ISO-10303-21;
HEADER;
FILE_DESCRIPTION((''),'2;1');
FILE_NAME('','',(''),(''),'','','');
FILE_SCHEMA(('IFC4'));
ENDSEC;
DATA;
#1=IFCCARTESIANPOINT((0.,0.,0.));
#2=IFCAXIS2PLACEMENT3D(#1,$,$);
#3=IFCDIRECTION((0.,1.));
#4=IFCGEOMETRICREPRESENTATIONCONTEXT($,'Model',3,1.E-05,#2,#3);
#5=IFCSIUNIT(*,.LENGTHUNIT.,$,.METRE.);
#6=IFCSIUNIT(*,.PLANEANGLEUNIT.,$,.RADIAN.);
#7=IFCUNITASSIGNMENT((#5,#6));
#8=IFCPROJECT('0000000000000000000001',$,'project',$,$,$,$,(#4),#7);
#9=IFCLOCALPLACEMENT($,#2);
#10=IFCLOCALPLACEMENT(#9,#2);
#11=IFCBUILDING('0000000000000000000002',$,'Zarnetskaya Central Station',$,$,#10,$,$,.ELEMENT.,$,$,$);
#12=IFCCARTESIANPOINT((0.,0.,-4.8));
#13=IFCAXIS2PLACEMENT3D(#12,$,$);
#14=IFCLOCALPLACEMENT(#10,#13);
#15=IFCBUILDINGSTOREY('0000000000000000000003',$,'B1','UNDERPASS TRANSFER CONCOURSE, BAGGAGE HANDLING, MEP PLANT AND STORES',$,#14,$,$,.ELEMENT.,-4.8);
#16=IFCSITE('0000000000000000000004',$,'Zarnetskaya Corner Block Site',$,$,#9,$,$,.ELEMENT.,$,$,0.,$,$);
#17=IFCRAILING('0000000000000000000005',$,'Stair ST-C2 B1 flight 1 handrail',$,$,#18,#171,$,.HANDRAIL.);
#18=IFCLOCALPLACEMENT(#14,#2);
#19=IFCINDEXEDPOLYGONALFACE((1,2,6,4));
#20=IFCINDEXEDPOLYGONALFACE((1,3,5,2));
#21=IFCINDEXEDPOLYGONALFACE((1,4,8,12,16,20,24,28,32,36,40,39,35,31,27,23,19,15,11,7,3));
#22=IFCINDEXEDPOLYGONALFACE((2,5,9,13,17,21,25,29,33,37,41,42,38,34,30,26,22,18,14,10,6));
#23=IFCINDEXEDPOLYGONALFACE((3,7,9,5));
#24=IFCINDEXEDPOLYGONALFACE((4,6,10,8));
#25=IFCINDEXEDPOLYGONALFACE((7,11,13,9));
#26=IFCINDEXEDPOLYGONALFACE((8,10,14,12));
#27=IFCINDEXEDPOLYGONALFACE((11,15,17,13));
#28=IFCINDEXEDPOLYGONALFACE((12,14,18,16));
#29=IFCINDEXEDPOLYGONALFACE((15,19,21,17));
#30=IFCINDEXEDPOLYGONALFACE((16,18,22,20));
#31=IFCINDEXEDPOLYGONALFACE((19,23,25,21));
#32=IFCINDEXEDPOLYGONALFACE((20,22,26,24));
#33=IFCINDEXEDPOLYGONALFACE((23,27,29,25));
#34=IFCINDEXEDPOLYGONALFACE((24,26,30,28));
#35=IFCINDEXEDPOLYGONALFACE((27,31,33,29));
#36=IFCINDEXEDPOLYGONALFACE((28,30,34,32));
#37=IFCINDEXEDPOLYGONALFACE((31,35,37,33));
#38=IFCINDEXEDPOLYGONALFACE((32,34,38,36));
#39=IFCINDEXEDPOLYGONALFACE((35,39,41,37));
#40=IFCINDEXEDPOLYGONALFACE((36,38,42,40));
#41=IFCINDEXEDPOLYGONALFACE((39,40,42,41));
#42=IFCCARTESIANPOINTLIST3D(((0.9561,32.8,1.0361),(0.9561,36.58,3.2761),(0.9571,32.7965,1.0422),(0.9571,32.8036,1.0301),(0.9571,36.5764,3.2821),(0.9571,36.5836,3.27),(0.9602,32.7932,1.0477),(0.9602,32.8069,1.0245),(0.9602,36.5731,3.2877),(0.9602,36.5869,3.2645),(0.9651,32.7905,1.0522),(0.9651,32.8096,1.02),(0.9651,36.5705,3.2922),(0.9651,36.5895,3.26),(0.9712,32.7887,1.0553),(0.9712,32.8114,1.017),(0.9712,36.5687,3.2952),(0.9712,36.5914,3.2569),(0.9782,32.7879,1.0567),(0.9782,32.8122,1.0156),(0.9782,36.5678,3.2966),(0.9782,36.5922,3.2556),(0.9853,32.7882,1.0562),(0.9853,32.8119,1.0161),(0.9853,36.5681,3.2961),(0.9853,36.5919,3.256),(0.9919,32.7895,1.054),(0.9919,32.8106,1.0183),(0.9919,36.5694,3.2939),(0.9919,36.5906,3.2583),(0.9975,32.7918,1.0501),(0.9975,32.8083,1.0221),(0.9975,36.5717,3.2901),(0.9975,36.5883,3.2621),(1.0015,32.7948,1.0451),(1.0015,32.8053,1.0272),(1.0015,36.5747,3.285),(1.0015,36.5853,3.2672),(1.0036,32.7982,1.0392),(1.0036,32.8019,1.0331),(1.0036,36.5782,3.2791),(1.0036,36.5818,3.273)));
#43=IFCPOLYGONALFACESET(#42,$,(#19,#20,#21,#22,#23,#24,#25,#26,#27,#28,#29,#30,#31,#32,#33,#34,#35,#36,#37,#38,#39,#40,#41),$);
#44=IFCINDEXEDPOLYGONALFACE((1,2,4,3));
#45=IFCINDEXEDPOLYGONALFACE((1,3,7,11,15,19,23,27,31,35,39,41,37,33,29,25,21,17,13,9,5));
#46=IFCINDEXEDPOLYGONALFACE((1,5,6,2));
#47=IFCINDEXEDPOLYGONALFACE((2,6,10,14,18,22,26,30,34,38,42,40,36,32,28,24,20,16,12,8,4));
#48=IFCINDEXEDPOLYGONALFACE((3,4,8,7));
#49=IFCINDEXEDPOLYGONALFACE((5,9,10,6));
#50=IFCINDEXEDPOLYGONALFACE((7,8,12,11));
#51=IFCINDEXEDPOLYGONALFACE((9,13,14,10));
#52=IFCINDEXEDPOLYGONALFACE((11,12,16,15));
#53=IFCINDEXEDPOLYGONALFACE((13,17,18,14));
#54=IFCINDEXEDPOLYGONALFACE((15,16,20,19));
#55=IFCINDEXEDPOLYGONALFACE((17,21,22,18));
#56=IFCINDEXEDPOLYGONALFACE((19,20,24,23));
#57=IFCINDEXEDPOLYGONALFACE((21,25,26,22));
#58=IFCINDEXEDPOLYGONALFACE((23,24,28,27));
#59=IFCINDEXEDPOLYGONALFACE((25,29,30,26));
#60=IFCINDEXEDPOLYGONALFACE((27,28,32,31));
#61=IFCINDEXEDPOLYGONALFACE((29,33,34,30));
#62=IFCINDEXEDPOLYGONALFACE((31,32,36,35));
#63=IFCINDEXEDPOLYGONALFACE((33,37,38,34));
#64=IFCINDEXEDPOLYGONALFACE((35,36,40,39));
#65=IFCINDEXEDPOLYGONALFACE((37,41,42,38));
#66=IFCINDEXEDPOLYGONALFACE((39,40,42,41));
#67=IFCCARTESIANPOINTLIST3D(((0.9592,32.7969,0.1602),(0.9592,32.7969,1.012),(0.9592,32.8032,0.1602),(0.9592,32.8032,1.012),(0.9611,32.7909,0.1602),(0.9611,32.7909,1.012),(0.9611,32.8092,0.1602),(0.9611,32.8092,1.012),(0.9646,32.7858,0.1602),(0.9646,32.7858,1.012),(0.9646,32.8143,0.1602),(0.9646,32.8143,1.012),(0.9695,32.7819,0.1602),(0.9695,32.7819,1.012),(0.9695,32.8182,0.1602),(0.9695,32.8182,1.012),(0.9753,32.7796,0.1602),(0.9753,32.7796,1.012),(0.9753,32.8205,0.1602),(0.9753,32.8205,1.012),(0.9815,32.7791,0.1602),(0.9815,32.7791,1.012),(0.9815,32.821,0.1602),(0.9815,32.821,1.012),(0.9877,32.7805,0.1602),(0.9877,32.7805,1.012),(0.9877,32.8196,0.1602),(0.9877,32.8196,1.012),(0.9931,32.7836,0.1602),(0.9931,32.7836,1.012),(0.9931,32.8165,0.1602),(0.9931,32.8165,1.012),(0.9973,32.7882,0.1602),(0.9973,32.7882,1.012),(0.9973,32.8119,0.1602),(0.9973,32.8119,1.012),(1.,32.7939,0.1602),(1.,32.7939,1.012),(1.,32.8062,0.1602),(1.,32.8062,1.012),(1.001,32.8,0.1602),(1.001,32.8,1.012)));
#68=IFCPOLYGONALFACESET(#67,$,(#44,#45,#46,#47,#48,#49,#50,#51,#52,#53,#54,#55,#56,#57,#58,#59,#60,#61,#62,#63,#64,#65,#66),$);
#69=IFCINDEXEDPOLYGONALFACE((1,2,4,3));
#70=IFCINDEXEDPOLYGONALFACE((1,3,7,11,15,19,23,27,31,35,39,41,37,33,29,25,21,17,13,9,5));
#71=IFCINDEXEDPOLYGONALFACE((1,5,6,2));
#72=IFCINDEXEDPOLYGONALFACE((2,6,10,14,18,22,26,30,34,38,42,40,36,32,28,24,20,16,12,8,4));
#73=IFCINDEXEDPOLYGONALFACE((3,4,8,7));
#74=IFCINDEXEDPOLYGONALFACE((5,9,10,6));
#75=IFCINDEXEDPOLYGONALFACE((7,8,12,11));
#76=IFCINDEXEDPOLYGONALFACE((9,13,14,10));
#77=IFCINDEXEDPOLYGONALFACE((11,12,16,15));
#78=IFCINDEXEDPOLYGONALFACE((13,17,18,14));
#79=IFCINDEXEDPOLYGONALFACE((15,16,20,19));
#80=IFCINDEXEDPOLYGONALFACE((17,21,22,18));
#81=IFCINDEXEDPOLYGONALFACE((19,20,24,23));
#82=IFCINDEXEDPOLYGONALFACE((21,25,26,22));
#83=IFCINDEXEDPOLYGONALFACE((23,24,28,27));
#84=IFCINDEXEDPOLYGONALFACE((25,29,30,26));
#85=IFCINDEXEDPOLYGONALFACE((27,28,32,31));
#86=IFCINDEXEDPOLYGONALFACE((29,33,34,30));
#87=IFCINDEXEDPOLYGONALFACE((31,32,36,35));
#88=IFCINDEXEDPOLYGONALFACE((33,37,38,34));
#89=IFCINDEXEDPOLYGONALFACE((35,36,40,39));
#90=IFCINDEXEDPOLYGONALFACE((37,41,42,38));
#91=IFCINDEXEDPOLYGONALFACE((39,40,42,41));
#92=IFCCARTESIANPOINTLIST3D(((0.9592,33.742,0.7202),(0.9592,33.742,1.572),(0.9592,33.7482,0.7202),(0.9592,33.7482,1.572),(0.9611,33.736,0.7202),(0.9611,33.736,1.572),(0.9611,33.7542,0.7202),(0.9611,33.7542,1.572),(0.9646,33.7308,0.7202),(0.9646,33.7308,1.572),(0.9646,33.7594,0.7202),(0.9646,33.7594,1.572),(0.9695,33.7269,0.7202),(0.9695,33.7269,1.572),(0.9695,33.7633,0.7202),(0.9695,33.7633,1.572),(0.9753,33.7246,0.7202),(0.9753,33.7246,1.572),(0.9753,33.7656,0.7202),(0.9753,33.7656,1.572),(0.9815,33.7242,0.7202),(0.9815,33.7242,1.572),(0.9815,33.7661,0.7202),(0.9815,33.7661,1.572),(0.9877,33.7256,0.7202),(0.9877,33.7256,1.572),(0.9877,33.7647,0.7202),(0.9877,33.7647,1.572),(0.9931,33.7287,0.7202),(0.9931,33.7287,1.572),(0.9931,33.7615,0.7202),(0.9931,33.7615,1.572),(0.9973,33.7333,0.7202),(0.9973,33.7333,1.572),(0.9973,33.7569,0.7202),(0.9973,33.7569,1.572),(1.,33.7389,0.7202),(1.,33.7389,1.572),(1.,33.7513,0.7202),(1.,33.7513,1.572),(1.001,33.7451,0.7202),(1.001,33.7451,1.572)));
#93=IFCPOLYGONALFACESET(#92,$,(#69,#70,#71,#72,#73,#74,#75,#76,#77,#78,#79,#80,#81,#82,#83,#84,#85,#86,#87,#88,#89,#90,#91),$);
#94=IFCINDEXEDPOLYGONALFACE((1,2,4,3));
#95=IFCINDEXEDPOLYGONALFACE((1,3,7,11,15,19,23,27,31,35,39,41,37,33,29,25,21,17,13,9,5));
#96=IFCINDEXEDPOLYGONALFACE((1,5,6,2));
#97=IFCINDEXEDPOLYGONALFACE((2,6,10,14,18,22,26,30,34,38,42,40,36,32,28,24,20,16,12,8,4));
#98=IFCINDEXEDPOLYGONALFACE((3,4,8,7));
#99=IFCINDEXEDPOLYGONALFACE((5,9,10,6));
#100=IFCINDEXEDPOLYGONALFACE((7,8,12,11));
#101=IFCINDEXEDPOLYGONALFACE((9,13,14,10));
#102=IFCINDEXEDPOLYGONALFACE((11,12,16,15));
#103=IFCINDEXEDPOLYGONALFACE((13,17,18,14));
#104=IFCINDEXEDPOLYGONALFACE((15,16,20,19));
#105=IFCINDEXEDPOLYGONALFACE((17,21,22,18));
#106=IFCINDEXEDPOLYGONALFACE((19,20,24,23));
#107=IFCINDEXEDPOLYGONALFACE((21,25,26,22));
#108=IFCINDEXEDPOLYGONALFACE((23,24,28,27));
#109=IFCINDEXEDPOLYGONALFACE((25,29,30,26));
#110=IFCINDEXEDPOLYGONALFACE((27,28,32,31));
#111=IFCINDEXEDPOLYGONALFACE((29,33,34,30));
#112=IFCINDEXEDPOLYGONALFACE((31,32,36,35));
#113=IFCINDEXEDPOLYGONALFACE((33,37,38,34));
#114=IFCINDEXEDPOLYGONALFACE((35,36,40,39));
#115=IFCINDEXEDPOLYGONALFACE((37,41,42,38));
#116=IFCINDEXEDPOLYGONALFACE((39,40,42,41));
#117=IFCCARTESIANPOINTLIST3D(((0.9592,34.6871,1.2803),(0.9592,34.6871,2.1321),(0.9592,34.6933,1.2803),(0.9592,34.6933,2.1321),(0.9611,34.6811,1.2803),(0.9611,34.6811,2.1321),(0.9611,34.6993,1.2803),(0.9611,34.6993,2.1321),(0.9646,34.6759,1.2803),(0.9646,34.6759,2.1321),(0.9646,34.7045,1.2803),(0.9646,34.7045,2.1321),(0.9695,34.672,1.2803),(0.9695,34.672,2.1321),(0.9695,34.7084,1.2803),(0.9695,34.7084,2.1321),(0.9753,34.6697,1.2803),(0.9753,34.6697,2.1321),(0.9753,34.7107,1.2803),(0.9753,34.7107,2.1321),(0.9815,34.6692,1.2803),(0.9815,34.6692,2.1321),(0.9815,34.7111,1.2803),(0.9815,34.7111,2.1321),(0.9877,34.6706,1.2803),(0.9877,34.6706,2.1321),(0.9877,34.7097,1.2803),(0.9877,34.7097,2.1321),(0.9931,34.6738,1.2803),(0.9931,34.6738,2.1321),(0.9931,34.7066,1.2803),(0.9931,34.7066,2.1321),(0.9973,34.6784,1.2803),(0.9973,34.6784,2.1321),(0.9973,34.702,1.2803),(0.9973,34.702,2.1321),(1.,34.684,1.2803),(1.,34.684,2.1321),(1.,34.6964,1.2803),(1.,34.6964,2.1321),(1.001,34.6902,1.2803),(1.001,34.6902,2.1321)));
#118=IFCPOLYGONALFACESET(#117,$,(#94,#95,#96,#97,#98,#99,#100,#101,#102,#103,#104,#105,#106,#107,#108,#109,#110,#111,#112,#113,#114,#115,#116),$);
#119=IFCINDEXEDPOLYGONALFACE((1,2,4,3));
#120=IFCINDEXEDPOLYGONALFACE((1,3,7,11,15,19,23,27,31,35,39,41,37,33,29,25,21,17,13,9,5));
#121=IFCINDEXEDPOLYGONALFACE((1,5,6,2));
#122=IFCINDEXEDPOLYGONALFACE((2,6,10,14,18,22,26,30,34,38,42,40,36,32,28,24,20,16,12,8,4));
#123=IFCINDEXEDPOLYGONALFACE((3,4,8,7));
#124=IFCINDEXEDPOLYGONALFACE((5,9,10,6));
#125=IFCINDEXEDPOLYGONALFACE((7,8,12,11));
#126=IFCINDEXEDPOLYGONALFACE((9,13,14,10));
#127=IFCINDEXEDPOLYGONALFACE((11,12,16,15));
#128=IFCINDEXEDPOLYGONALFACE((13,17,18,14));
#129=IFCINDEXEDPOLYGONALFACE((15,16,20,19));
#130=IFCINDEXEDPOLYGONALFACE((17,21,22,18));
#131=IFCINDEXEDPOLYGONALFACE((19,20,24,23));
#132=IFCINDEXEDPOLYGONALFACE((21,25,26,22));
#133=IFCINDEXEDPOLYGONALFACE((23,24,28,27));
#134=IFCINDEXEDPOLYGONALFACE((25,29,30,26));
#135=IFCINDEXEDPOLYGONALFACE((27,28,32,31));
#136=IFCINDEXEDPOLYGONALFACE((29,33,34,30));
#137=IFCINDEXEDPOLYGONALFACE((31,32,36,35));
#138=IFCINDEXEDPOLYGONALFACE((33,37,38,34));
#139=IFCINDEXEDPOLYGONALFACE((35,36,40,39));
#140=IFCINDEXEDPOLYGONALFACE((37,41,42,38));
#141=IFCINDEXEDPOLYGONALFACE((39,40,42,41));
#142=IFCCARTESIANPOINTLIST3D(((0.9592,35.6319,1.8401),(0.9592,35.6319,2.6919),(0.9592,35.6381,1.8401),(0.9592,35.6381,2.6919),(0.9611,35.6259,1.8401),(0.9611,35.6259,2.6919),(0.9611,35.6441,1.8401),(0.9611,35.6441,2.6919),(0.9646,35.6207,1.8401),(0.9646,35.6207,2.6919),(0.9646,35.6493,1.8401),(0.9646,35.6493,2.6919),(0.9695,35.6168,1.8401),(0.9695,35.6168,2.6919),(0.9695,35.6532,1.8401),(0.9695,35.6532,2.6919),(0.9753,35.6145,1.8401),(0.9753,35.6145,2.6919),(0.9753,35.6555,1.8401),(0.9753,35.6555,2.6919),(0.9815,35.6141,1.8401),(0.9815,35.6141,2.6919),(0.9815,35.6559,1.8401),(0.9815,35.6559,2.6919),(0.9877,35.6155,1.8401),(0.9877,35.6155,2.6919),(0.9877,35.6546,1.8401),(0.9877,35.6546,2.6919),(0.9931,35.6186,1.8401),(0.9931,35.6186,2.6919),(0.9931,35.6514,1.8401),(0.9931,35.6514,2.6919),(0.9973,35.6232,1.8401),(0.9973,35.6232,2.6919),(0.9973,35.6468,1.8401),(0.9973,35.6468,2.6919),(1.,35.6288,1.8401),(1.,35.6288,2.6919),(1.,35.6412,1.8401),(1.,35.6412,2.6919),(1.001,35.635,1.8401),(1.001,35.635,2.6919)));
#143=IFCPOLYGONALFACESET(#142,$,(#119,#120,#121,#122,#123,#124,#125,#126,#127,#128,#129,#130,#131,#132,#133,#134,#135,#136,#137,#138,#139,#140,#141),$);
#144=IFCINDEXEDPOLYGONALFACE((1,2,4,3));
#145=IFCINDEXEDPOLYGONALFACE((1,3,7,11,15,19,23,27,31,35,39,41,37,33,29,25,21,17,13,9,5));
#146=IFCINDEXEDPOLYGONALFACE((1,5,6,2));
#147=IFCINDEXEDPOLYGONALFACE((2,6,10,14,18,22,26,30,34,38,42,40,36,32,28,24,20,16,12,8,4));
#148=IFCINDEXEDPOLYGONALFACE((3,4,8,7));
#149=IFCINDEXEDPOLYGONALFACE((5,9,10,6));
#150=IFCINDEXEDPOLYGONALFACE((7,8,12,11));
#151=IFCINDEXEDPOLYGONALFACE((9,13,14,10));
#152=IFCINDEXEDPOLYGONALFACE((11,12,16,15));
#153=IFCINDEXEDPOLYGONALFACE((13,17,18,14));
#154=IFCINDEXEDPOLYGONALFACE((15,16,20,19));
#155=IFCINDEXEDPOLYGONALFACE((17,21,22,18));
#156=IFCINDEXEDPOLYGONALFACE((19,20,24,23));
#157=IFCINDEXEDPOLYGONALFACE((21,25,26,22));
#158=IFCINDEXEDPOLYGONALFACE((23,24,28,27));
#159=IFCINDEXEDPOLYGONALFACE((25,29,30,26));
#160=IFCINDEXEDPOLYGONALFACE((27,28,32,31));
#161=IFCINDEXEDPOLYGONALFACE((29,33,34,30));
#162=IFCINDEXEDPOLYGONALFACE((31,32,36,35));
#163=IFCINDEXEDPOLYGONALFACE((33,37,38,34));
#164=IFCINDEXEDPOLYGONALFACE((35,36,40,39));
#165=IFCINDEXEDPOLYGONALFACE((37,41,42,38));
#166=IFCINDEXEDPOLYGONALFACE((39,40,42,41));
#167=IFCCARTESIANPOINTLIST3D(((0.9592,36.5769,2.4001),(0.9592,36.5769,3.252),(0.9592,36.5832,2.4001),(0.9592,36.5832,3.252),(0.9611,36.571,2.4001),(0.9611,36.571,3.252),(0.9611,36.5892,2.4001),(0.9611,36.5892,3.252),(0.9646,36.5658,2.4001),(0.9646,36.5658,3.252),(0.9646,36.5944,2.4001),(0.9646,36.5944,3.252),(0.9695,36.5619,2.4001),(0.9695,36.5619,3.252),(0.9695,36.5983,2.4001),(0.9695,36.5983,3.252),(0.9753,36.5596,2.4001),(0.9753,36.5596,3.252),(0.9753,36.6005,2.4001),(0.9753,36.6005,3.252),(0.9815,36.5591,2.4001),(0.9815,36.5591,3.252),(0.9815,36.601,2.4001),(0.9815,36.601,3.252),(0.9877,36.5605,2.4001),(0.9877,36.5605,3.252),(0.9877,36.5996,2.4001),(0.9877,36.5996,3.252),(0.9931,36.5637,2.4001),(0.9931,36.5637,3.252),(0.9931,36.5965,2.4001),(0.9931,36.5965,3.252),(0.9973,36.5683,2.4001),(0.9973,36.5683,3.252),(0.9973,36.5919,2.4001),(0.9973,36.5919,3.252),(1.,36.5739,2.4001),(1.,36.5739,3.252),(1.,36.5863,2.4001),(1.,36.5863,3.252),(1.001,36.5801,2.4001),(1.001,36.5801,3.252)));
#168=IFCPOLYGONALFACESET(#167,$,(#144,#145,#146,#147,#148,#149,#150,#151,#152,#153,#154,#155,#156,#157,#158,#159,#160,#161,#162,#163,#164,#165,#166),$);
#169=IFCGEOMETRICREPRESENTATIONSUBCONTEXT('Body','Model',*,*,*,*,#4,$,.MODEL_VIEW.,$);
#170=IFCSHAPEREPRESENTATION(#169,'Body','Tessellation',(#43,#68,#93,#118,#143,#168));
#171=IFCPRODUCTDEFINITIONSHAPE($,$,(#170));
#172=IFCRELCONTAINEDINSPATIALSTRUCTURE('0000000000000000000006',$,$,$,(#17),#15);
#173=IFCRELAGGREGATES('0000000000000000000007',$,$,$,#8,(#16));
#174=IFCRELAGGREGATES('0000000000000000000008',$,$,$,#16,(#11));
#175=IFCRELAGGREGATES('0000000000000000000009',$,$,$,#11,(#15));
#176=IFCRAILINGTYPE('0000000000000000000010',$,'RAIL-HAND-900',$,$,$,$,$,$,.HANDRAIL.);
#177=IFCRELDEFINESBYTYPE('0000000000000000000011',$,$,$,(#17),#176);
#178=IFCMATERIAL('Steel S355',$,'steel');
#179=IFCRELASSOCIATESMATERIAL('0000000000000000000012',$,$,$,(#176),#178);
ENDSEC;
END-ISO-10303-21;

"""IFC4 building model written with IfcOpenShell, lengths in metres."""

from ifc_helpers import new_model, si_unit, direction, frame, origin, origin_2d, place, context, subcontext, project, spatial, circle, extrude, material, type_object, element, save


model = new_model("IFC4")

# Units and contexts
model_context = context("Model", 3, precision=1e-05, world=origin(), true_north=direction((0.0, 1.0)))
body_context = subcontext(model_context, "Body", "Model", "MODEL_VIEW")
ifc_project = project(units=[si_unit("LENGTHUNIT", "METRE"), si_unit("PLANEANGLEUNIT", "RADIAN")], contexts=[model_context])

# Site, building, storey
site_placement = place(None, origin())
site = spatial("IfcSite", under=ifc_project, at=site_placement, Name="Zarnetskaya Corner Block Site", CompositionType="ELEMENT", RefElevation=0.0)
building_placement = place(site_placement, origin())
building = spatial("IfcBuilding", under=site, at=building_placement, Name="Zarnetskaya Central Station", CompositionType="ELEMENT")
storey_placement = place(building_placement, frame((0.0, 0.0, -4.8)))
storey = spatial("IfcBuildingStorey", under=building, at=storey_placement, Name="B1", Description="UNDERPASS TRANSFER CONCOURSE, BAGGAGE HANDLING, MEP PLANT AND STORES", CompositionType="ELEMENT", Elevation=-4.8)

# Railing
ifc_material_1 = material(Name="Steel S355", Category="steel")
railing_type_1 = type_object("IfcRailingType", Name="RAIL-HAND-900", PredefinedType="HANDRAIL", material=ifc_material_1)
railing_1_placement = place(storey_placement, frame((0.98, 32.8, 0.1602)))
element("IfcRailing", 1, at=railing_1_placement, inside=storey, type_object=railing_type_1, Name="Stair ST-C2 B1 flight 1 handrail", PredefinedType="HANDRAIL", context=body_context, shape_type="SweptSolid", body=[
    extrude(circle(Radius=0.0239, at=origin_2d()), frame((0.0, 0.0, 0.876), z_axis=(0.0, 0.860294, 0.509798), x_axis=(-1.0, 0.0, 0.0)), (0.0, 0.0, 1.0), 4.3938),
    extrude(circle(Radius=0.021, at=origin_2d()), origin(), (0.0, 0.0, 1.0), 0.8518),
    extrude(circle(Radius=0.021, at=origin_2d()), frame((0.0, 0.9451, 0.5601)), (0.0, 0.0, 1.0), 0.8518),
    extrude(circle(Radius=0.021, at=origin_2d()), frame((0.0, 1.8901, 1.1201)), (0.0, 0.0, 1.0), 0.8518),
    extrude(circle(Radius=0.021, at=origin_2d()), frame((0.0, 2.835, 1.6799)), (0.0, 0.0, 1.0), 0.8518),
    extrude(circle(Radius=0.021, at=origin_2d()), frame((0.0, 3.78, 2.24)), (0.0, 0.0, 1.0), 0.8518),
])

save(model, "model.ifc")
